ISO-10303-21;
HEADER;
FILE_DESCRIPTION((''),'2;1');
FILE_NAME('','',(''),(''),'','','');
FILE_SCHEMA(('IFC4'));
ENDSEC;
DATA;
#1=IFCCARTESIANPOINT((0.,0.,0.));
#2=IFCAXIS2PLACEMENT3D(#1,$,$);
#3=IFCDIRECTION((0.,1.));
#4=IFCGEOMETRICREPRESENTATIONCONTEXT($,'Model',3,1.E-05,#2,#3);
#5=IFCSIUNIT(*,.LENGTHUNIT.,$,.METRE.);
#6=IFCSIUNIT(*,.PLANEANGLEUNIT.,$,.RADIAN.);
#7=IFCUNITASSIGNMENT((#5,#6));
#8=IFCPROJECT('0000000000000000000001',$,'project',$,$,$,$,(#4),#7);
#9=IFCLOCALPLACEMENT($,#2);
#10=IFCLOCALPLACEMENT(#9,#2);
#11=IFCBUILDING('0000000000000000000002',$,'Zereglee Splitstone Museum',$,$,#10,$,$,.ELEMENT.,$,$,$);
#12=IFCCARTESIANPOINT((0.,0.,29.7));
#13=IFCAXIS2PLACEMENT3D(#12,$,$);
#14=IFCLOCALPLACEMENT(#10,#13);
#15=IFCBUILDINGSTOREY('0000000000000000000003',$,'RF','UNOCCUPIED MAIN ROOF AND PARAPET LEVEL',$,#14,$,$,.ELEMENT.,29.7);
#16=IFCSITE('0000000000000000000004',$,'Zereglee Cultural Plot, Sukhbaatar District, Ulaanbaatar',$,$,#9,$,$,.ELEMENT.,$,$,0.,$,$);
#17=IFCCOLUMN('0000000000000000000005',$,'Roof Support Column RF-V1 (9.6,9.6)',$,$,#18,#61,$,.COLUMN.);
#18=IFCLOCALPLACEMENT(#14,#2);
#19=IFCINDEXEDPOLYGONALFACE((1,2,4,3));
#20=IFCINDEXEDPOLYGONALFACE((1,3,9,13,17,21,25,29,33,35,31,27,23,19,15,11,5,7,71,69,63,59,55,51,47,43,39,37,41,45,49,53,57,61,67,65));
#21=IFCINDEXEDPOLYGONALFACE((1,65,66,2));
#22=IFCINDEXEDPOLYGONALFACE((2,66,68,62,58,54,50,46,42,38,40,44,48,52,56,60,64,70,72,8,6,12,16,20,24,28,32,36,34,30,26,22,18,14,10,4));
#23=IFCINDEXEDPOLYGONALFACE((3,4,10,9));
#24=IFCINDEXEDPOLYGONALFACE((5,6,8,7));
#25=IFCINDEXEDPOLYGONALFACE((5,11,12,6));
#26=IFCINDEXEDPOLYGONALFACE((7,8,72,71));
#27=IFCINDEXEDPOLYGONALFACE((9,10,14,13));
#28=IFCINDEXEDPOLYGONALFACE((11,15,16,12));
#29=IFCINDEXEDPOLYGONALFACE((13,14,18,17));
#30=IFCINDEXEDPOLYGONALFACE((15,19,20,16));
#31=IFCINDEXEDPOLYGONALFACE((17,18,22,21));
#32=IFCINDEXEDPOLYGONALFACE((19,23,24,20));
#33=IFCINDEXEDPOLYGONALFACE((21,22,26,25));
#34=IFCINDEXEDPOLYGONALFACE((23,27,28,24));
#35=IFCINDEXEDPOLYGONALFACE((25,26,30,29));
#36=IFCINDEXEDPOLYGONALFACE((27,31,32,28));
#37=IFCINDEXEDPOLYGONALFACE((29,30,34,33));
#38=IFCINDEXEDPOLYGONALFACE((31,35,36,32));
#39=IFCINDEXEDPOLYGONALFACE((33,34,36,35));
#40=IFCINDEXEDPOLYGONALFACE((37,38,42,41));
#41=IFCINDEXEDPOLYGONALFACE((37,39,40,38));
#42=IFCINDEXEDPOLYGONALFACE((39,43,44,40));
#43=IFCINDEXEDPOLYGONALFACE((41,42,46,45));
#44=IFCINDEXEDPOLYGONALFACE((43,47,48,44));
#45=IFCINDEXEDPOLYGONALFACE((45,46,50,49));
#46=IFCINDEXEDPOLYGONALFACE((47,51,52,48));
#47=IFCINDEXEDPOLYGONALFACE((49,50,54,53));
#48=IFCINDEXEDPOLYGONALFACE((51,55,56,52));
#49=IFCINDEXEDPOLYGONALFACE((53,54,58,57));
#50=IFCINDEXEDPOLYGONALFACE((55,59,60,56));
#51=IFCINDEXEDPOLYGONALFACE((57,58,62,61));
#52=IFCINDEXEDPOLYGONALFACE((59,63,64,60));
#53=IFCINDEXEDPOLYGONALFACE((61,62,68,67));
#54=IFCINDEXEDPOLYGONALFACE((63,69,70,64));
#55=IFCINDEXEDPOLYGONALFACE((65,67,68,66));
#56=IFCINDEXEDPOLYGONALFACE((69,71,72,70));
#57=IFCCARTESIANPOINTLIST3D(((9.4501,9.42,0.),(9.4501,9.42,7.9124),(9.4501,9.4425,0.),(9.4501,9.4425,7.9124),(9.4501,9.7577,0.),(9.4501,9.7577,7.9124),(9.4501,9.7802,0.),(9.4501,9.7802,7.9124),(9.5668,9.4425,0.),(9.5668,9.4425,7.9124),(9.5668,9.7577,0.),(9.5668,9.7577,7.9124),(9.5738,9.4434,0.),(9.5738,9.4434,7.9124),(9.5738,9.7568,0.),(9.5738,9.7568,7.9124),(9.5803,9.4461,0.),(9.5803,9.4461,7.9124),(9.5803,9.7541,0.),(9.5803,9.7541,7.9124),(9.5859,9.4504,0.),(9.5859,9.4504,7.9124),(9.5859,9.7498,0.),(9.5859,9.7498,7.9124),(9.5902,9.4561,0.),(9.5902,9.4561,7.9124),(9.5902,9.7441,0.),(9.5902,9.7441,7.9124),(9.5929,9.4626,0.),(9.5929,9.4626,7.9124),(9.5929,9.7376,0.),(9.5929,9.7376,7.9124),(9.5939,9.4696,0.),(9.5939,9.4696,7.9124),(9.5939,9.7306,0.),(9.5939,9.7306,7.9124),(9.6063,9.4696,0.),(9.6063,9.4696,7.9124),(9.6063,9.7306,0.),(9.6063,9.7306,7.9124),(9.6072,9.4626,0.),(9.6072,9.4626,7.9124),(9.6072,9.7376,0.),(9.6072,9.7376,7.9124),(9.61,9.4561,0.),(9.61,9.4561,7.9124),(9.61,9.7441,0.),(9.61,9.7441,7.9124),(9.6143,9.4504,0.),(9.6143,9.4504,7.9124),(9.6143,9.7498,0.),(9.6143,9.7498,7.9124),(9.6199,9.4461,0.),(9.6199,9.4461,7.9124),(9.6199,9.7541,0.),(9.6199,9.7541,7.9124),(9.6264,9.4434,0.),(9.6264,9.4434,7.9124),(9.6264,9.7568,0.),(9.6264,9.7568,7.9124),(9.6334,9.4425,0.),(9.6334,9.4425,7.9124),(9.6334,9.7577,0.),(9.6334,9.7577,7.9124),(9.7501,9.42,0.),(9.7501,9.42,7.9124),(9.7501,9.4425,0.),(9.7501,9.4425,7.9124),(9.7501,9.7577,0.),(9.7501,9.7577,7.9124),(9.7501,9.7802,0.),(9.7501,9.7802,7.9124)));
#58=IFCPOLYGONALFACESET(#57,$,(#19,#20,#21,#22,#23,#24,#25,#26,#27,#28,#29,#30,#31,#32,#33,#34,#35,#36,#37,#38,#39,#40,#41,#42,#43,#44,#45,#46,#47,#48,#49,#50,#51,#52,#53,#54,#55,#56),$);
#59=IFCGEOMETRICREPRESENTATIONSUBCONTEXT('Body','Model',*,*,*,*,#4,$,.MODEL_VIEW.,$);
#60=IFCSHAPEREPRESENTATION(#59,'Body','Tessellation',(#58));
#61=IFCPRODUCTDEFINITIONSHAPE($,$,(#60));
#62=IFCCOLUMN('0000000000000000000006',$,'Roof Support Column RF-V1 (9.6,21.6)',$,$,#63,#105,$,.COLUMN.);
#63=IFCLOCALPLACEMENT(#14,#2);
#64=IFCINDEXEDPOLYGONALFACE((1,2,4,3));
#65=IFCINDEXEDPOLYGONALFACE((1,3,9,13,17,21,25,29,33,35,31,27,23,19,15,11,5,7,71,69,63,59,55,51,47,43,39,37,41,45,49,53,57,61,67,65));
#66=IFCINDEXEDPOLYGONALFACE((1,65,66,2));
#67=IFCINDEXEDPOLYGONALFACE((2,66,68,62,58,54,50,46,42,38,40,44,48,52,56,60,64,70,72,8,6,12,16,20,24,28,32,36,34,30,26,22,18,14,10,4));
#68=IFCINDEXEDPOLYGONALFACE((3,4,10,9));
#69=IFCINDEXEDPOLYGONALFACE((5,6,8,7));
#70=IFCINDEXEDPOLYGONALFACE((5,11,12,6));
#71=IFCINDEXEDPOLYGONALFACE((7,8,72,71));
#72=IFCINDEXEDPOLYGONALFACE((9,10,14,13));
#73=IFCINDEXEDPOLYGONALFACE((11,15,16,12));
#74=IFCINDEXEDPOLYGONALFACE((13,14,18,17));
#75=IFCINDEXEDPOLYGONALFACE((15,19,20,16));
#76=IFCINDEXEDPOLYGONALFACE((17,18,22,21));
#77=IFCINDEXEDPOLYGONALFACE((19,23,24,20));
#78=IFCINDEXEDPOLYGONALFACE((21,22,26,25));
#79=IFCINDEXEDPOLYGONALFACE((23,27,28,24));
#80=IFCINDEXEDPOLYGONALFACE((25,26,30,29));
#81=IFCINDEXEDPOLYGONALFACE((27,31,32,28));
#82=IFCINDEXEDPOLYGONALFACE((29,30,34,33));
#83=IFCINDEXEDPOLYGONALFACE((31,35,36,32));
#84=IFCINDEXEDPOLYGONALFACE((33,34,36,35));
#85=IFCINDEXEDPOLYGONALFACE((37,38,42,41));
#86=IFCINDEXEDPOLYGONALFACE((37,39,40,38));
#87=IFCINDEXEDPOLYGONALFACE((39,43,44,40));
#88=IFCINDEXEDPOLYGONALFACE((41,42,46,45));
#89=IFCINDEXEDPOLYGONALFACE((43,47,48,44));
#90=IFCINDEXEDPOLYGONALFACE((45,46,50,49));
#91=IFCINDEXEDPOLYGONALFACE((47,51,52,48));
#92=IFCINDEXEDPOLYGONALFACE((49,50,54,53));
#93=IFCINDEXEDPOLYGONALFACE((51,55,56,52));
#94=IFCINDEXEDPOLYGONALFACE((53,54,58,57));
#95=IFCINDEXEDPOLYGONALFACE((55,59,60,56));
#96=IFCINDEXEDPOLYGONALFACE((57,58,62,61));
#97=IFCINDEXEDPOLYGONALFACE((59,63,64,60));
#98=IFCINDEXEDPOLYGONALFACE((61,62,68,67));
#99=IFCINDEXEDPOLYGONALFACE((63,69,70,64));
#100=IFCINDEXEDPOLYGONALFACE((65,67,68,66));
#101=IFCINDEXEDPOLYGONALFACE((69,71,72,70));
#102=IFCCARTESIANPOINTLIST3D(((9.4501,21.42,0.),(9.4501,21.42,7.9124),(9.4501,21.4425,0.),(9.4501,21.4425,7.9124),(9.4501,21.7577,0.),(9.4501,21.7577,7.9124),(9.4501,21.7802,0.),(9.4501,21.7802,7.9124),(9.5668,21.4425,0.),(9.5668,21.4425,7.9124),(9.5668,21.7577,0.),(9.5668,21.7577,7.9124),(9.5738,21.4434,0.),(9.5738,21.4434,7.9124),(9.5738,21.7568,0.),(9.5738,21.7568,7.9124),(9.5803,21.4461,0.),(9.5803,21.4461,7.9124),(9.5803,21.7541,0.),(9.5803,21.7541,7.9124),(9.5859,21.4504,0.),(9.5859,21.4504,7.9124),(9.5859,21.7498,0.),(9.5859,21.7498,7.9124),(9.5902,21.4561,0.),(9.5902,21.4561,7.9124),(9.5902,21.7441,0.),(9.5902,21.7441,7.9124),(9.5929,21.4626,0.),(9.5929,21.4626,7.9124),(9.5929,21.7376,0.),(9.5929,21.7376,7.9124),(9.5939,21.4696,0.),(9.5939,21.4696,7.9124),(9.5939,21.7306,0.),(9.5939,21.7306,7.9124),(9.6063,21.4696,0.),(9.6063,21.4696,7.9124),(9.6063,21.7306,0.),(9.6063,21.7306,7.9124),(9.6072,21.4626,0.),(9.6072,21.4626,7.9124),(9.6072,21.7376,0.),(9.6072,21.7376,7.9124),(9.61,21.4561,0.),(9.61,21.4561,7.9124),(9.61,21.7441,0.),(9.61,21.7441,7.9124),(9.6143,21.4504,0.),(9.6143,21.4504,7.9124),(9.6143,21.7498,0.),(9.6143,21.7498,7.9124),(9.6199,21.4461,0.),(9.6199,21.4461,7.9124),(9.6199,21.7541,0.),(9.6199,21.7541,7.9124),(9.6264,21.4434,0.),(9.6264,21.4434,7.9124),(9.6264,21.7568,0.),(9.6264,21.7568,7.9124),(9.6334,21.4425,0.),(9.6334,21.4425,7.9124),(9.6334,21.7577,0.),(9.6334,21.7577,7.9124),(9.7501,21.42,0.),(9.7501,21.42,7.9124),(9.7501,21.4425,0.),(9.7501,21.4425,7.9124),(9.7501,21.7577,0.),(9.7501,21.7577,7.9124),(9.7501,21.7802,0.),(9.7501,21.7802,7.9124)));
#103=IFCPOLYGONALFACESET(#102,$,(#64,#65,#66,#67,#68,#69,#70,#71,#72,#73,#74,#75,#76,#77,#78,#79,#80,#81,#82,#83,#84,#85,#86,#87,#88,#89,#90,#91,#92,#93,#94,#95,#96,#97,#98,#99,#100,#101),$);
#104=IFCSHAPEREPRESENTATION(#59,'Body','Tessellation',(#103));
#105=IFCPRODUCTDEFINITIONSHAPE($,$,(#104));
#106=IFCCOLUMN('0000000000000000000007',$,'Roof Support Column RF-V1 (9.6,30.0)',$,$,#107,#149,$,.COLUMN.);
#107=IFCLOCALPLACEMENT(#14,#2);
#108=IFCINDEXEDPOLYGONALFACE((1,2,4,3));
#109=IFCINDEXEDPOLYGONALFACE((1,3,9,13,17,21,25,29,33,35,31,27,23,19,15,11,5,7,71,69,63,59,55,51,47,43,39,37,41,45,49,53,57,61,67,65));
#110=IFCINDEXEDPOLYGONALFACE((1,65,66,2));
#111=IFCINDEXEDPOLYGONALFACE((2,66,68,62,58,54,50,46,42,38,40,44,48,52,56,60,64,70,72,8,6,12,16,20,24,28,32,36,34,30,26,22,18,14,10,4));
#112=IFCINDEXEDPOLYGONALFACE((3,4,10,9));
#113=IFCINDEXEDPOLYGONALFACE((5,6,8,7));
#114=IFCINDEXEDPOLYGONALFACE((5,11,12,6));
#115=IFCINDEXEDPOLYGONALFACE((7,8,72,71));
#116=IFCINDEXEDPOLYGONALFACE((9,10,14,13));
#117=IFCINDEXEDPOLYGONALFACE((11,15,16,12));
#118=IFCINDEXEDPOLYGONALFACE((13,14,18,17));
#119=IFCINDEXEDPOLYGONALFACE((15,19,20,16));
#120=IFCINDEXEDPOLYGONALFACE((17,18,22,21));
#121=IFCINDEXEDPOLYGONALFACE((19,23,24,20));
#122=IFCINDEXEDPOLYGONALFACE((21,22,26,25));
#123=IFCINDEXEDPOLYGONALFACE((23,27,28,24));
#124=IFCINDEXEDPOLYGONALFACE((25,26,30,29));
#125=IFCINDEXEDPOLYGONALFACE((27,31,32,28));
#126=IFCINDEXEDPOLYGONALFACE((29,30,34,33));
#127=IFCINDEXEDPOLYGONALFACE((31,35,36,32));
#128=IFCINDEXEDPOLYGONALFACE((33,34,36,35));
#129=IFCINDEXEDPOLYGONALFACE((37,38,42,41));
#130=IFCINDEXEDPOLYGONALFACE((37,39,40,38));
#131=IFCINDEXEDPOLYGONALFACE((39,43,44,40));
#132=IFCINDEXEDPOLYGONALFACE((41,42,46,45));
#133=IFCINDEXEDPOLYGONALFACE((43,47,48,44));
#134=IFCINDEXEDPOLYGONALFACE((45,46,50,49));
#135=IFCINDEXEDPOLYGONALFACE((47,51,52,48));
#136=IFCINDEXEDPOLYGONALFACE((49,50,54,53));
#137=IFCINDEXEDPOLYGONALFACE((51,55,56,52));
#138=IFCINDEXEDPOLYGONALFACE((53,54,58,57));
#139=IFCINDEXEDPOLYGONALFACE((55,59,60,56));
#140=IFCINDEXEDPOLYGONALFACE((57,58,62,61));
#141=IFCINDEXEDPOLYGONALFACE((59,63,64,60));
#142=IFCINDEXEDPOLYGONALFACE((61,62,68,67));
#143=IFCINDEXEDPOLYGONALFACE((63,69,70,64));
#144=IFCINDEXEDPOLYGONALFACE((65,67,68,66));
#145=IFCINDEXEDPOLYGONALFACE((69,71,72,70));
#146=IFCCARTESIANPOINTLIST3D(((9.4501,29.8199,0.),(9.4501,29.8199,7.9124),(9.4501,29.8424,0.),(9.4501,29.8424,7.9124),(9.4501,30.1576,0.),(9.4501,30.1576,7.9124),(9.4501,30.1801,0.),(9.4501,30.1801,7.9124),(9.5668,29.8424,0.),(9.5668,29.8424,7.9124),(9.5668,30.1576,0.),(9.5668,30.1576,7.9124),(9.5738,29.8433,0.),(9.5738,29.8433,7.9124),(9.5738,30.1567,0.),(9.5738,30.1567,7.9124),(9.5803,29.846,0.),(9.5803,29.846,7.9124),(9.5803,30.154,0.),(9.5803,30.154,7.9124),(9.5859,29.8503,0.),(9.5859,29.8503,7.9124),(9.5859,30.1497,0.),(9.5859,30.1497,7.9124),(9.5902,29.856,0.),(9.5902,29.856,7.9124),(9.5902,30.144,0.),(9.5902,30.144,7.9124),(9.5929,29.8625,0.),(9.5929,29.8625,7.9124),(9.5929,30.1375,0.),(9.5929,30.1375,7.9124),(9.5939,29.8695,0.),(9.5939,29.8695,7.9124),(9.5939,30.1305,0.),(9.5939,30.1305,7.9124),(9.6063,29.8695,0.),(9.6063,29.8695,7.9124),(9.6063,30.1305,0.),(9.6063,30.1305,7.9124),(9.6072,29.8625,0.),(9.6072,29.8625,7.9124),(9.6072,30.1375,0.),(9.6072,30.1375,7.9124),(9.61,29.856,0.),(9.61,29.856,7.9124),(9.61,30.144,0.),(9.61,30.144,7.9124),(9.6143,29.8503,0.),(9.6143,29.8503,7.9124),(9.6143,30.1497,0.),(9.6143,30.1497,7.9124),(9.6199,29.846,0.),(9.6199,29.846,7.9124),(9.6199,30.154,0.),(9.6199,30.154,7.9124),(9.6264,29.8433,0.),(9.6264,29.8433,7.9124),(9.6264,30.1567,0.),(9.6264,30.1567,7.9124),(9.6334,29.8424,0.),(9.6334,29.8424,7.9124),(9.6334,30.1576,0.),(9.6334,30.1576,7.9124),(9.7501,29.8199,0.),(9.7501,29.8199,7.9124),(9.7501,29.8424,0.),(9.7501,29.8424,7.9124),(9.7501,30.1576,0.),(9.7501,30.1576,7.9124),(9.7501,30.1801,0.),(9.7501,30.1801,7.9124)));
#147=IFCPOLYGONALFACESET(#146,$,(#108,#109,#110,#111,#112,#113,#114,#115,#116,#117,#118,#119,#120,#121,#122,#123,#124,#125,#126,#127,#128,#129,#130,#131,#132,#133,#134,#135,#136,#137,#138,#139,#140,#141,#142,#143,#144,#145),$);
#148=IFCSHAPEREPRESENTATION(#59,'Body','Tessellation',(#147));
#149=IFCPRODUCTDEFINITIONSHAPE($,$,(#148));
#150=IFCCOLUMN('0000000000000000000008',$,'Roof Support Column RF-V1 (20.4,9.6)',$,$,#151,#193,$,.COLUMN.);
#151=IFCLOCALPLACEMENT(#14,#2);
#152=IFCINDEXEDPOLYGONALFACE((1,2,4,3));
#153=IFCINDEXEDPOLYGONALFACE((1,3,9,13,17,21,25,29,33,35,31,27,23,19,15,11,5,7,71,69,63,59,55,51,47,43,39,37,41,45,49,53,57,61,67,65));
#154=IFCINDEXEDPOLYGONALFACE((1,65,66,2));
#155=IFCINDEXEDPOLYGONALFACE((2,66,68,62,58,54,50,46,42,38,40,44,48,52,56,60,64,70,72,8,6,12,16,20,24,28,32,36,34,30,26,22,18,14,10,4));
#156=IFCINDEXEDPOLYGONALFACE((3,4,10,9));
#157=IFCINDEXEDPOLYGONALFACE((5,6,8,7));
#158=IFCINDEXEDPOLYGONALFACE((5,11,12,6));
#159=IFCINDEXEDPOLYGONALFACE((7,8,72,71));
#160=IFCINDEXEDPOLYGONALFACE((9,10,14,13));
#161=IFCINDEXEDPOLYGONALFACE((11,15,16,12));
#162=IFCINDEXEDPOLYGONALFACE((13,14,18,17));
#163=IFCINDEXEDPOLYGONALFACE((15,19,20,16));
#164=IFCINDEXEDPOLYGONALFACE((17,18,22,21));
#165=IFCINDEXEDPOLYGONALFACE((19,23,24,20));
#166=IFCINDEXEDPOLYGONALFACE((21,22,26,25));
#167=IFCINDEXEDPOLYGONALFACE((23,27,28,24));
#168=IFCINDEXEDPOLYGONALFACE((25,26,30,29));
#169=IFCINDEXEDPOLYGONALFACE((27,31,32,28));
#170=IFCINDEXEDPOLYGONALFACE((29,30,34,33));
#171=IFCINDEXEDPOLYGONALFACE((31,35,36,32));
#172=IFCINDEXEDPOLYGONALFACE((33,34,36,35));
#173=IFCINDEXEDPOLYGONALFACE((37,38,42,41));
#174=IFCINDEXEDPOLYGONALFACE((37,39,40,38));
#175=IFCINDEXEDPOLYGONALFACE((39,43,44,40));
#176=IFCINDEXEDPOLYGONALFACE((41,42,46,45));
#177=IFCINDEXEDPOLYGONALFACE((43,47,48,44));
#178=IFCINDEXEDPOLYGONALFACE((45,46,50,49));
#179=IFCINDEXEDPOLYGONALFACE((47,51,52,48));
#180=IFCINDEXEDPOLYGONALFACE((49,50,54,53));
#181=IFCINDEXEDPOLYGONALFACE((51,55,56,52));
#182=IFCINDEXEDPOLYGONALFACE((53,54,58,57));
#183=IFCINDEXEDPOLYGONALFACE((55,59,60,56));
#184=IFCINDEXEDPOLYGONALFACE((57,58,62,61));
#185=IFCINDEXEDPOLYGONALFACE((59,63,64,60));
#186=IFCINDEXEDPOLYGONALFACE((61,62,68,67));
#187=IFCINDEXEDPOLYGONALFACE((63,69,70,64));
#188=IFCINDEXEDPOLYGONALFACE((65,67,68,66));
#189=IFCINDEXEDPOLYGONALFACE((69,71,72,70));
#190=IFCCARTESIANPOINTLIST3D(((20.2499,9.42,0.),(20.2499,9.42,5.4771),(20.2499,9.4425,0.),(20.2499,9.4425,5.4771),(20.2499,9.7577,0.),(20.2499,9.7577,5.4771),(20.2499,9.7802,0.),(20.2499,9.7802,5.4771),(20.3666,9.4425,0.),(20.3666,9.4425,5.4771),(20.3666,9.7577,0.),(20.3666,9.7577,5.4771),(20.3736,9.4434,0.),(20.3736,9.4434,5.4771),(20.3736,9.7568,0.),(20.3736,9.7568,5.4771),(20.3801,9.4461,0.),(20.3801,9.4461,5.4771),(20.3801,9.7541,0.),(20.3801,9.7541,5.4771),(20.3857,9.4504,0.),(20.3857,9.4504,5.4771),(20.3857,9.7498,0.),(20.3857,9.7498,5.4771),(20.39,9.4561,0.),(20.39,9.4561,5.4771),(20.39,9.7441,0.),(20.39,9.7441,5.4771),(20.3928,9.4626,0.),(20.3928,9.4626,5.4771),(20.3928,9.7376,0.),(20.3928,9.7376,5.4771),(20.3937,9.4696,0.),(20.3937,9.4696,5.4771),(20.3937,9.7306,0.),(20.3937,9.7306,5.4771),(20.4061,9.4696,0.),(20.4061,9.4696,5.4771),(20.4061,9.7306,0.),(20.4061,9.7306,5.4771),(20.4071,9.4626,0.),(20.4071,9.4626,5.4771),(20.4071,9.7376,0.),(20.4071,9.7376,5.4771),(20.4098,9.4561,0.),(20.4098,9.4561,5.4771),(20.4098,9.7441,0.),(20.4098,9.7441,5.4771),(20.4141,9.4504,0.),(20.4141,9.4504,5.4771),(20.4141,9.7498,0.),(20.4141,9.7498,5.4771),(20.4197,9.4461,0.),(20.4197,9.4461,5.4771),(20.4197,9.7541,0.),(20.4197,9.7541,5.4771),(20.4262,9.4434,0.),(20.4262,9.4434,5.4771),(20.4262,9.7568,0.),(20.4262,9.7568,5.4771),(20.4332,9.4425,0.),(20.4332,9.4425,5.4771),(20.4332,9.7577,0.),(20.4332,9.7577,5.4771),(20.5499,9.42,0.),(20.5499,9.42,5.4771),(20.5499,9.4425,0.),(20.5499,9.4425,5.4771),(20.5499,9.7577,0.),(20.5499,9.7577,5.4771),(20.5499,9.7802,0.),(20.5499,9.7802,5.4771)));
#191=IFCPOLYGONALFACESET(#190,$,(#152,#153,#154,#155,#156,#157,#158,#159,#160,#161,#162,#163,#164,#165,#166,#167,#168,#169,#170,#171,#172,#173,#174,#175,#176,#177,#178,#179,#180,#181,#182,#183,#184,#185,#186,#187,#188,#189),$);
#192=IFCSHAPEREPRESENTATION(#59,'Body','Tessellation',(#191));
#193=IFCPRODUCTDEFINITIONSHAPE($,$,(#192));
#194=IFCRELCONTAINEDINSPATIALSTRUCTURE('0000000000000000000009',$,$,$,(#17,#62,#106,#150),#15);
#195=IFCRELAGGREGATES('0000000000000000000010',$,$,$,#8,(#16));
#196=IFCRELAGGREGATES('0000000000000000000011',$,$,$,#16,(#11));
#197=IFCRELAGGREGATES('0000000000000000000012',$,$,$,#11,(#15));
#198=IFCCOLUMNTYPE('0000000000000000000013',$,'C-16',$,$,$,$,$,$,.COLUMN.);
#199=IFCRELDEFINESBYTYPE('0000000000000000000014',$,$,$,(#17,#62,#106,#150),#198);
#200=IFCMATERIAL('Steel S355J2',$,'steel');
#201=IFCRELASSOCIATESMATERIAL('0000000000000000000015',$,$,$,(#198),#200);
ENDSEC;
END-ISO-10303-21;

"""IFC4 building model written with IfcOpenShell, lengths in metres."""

from ifc_helpers import new_model, si_unit, direction, frame, origin, origin_2d, place, context, subcontext, project, spatial, i_section, extrude, material, material_profile, profile_set, type_object, element, save


model = new_model("IFC4")

# Units and contexts
model_context = context("Model", 3, precision=1e-05, world=origin(), true_north=direction((0.0, 1.0)))
body_context = subcontext(model_context, "Body", "Model", "MODEL_VIEW")
ifc_project = project(units=[si_unit("LENGTHUNIT", "METRE"), si_unit("PLANEANGLEUNIT", "RADIAN")], contexts=[model_context])

# Site, building, storey
site_placement = place(None, origin())
site = spatial("IfcSite", under=ifc_project, at=site_placement, Name="Zereglee Cultural Plot, Sukhbaatar District, Ulaanbaatar", CompositionType="ELEMENT", RefElevation=0.0)
building_placement = place(site_placement, origin())
building = spatial("IfcBuilding", under=site, at=building_placement, Name="Zereglee Splitstone Museum", CompositionType="ELEMENT")
storey_placement = place(building_placement, frame((0.0, 0.0, 29.7)))
storey = spatial("IfcBuildingStorey", under=building, at=storey_placement, Name="RF", Description="UNOCCUPIED MAIN ROOF AND PARAPET LEVEL", CompositionType="ELEMENT", Elevation=29.7)

# Columns
ifc_material_1 = material(Name="Steel S355J2", Category="steel")
ifc_material_profile_1 = material_profile(ifc_material_1, i_section(OverallWidth=0.3, OverallDepth=0.3601, WebThickness=0.0125, FlangeThickness=0.0225, FilletRadius=0.0271, at=origin_2d()), Name="HE 360 B")
ifc_profile_set_1 = profile_set([ifc_material_profile_1], Name="Steel S355J2")
column_type = type_object("IfcColumnType", Name="C-16", PredefinedType="COLUMN", material=ifc_profile_set_1)
for number, where, z_axis, x_axis, name in (
    (1, (9.6001, 9.6001, 0.0), (0.0, 0.0, 1.0), (1.0, 0.0, 0.0), "Roof Support Column RF-V1 (9.6,9.6)"),
    (2, (9.6001, 21.6001, 0.0), (0.0, 0.0, 1.0), (1.0, 0.0, 0.0), "Roof Support Column RF-V1 (9.6,21.6)"),
    (3, (9.6001, 30.0, 0.0), (0.0, 0.0, 1.0), (1.0, 0.0, 0.0), "Roof Support Column RF-V1 (9.6,30.0)"),
):
    element("IfcColumn", number, at=place(storey_placement, frame(where, z_axis=z_axis, x_axis=x_axis)), inside=storey, type_object=column_type, Name=name, PredefinedType="COLUMN", context=body_context, shape_type="SweptSolid", body=[
        extrude(i_section(OverallWidth=0.3, OverallDepth=0.3601, WebThickness=0.0125, FlangeThickness=0.0225, FilletRadius=0.0271, at=origin_2d()), origin(), (0.0, 0.0, 1.0), 7.9124),
    ])
column_placement = place(storey_placement, frame((20.3999, 9.6001, 0.0), z_axis=(0.0, 0.0, 1.0), x_axis=(1.0, 0.0, 0.0)))
element("IfcColumn", 4, at=column_placement, inside=storey, type_object=column_type, Name="Roof Support Column RF-V1 (20.4,9.6)", PredefinedType="COLUMN", context=body_context, shape_type="SweptSolid", body=[
    extrude(i_section(OverallWidth=0.3, OverallDepth=0.3601, WebThickness=0.0125, FlangeThickness=0.0225, FilletRadius=0.0271, at=origin_2d()), origin(), (0.0, 0.0, 1.0), 5.4771),
])

save(model, "model.ifc")
